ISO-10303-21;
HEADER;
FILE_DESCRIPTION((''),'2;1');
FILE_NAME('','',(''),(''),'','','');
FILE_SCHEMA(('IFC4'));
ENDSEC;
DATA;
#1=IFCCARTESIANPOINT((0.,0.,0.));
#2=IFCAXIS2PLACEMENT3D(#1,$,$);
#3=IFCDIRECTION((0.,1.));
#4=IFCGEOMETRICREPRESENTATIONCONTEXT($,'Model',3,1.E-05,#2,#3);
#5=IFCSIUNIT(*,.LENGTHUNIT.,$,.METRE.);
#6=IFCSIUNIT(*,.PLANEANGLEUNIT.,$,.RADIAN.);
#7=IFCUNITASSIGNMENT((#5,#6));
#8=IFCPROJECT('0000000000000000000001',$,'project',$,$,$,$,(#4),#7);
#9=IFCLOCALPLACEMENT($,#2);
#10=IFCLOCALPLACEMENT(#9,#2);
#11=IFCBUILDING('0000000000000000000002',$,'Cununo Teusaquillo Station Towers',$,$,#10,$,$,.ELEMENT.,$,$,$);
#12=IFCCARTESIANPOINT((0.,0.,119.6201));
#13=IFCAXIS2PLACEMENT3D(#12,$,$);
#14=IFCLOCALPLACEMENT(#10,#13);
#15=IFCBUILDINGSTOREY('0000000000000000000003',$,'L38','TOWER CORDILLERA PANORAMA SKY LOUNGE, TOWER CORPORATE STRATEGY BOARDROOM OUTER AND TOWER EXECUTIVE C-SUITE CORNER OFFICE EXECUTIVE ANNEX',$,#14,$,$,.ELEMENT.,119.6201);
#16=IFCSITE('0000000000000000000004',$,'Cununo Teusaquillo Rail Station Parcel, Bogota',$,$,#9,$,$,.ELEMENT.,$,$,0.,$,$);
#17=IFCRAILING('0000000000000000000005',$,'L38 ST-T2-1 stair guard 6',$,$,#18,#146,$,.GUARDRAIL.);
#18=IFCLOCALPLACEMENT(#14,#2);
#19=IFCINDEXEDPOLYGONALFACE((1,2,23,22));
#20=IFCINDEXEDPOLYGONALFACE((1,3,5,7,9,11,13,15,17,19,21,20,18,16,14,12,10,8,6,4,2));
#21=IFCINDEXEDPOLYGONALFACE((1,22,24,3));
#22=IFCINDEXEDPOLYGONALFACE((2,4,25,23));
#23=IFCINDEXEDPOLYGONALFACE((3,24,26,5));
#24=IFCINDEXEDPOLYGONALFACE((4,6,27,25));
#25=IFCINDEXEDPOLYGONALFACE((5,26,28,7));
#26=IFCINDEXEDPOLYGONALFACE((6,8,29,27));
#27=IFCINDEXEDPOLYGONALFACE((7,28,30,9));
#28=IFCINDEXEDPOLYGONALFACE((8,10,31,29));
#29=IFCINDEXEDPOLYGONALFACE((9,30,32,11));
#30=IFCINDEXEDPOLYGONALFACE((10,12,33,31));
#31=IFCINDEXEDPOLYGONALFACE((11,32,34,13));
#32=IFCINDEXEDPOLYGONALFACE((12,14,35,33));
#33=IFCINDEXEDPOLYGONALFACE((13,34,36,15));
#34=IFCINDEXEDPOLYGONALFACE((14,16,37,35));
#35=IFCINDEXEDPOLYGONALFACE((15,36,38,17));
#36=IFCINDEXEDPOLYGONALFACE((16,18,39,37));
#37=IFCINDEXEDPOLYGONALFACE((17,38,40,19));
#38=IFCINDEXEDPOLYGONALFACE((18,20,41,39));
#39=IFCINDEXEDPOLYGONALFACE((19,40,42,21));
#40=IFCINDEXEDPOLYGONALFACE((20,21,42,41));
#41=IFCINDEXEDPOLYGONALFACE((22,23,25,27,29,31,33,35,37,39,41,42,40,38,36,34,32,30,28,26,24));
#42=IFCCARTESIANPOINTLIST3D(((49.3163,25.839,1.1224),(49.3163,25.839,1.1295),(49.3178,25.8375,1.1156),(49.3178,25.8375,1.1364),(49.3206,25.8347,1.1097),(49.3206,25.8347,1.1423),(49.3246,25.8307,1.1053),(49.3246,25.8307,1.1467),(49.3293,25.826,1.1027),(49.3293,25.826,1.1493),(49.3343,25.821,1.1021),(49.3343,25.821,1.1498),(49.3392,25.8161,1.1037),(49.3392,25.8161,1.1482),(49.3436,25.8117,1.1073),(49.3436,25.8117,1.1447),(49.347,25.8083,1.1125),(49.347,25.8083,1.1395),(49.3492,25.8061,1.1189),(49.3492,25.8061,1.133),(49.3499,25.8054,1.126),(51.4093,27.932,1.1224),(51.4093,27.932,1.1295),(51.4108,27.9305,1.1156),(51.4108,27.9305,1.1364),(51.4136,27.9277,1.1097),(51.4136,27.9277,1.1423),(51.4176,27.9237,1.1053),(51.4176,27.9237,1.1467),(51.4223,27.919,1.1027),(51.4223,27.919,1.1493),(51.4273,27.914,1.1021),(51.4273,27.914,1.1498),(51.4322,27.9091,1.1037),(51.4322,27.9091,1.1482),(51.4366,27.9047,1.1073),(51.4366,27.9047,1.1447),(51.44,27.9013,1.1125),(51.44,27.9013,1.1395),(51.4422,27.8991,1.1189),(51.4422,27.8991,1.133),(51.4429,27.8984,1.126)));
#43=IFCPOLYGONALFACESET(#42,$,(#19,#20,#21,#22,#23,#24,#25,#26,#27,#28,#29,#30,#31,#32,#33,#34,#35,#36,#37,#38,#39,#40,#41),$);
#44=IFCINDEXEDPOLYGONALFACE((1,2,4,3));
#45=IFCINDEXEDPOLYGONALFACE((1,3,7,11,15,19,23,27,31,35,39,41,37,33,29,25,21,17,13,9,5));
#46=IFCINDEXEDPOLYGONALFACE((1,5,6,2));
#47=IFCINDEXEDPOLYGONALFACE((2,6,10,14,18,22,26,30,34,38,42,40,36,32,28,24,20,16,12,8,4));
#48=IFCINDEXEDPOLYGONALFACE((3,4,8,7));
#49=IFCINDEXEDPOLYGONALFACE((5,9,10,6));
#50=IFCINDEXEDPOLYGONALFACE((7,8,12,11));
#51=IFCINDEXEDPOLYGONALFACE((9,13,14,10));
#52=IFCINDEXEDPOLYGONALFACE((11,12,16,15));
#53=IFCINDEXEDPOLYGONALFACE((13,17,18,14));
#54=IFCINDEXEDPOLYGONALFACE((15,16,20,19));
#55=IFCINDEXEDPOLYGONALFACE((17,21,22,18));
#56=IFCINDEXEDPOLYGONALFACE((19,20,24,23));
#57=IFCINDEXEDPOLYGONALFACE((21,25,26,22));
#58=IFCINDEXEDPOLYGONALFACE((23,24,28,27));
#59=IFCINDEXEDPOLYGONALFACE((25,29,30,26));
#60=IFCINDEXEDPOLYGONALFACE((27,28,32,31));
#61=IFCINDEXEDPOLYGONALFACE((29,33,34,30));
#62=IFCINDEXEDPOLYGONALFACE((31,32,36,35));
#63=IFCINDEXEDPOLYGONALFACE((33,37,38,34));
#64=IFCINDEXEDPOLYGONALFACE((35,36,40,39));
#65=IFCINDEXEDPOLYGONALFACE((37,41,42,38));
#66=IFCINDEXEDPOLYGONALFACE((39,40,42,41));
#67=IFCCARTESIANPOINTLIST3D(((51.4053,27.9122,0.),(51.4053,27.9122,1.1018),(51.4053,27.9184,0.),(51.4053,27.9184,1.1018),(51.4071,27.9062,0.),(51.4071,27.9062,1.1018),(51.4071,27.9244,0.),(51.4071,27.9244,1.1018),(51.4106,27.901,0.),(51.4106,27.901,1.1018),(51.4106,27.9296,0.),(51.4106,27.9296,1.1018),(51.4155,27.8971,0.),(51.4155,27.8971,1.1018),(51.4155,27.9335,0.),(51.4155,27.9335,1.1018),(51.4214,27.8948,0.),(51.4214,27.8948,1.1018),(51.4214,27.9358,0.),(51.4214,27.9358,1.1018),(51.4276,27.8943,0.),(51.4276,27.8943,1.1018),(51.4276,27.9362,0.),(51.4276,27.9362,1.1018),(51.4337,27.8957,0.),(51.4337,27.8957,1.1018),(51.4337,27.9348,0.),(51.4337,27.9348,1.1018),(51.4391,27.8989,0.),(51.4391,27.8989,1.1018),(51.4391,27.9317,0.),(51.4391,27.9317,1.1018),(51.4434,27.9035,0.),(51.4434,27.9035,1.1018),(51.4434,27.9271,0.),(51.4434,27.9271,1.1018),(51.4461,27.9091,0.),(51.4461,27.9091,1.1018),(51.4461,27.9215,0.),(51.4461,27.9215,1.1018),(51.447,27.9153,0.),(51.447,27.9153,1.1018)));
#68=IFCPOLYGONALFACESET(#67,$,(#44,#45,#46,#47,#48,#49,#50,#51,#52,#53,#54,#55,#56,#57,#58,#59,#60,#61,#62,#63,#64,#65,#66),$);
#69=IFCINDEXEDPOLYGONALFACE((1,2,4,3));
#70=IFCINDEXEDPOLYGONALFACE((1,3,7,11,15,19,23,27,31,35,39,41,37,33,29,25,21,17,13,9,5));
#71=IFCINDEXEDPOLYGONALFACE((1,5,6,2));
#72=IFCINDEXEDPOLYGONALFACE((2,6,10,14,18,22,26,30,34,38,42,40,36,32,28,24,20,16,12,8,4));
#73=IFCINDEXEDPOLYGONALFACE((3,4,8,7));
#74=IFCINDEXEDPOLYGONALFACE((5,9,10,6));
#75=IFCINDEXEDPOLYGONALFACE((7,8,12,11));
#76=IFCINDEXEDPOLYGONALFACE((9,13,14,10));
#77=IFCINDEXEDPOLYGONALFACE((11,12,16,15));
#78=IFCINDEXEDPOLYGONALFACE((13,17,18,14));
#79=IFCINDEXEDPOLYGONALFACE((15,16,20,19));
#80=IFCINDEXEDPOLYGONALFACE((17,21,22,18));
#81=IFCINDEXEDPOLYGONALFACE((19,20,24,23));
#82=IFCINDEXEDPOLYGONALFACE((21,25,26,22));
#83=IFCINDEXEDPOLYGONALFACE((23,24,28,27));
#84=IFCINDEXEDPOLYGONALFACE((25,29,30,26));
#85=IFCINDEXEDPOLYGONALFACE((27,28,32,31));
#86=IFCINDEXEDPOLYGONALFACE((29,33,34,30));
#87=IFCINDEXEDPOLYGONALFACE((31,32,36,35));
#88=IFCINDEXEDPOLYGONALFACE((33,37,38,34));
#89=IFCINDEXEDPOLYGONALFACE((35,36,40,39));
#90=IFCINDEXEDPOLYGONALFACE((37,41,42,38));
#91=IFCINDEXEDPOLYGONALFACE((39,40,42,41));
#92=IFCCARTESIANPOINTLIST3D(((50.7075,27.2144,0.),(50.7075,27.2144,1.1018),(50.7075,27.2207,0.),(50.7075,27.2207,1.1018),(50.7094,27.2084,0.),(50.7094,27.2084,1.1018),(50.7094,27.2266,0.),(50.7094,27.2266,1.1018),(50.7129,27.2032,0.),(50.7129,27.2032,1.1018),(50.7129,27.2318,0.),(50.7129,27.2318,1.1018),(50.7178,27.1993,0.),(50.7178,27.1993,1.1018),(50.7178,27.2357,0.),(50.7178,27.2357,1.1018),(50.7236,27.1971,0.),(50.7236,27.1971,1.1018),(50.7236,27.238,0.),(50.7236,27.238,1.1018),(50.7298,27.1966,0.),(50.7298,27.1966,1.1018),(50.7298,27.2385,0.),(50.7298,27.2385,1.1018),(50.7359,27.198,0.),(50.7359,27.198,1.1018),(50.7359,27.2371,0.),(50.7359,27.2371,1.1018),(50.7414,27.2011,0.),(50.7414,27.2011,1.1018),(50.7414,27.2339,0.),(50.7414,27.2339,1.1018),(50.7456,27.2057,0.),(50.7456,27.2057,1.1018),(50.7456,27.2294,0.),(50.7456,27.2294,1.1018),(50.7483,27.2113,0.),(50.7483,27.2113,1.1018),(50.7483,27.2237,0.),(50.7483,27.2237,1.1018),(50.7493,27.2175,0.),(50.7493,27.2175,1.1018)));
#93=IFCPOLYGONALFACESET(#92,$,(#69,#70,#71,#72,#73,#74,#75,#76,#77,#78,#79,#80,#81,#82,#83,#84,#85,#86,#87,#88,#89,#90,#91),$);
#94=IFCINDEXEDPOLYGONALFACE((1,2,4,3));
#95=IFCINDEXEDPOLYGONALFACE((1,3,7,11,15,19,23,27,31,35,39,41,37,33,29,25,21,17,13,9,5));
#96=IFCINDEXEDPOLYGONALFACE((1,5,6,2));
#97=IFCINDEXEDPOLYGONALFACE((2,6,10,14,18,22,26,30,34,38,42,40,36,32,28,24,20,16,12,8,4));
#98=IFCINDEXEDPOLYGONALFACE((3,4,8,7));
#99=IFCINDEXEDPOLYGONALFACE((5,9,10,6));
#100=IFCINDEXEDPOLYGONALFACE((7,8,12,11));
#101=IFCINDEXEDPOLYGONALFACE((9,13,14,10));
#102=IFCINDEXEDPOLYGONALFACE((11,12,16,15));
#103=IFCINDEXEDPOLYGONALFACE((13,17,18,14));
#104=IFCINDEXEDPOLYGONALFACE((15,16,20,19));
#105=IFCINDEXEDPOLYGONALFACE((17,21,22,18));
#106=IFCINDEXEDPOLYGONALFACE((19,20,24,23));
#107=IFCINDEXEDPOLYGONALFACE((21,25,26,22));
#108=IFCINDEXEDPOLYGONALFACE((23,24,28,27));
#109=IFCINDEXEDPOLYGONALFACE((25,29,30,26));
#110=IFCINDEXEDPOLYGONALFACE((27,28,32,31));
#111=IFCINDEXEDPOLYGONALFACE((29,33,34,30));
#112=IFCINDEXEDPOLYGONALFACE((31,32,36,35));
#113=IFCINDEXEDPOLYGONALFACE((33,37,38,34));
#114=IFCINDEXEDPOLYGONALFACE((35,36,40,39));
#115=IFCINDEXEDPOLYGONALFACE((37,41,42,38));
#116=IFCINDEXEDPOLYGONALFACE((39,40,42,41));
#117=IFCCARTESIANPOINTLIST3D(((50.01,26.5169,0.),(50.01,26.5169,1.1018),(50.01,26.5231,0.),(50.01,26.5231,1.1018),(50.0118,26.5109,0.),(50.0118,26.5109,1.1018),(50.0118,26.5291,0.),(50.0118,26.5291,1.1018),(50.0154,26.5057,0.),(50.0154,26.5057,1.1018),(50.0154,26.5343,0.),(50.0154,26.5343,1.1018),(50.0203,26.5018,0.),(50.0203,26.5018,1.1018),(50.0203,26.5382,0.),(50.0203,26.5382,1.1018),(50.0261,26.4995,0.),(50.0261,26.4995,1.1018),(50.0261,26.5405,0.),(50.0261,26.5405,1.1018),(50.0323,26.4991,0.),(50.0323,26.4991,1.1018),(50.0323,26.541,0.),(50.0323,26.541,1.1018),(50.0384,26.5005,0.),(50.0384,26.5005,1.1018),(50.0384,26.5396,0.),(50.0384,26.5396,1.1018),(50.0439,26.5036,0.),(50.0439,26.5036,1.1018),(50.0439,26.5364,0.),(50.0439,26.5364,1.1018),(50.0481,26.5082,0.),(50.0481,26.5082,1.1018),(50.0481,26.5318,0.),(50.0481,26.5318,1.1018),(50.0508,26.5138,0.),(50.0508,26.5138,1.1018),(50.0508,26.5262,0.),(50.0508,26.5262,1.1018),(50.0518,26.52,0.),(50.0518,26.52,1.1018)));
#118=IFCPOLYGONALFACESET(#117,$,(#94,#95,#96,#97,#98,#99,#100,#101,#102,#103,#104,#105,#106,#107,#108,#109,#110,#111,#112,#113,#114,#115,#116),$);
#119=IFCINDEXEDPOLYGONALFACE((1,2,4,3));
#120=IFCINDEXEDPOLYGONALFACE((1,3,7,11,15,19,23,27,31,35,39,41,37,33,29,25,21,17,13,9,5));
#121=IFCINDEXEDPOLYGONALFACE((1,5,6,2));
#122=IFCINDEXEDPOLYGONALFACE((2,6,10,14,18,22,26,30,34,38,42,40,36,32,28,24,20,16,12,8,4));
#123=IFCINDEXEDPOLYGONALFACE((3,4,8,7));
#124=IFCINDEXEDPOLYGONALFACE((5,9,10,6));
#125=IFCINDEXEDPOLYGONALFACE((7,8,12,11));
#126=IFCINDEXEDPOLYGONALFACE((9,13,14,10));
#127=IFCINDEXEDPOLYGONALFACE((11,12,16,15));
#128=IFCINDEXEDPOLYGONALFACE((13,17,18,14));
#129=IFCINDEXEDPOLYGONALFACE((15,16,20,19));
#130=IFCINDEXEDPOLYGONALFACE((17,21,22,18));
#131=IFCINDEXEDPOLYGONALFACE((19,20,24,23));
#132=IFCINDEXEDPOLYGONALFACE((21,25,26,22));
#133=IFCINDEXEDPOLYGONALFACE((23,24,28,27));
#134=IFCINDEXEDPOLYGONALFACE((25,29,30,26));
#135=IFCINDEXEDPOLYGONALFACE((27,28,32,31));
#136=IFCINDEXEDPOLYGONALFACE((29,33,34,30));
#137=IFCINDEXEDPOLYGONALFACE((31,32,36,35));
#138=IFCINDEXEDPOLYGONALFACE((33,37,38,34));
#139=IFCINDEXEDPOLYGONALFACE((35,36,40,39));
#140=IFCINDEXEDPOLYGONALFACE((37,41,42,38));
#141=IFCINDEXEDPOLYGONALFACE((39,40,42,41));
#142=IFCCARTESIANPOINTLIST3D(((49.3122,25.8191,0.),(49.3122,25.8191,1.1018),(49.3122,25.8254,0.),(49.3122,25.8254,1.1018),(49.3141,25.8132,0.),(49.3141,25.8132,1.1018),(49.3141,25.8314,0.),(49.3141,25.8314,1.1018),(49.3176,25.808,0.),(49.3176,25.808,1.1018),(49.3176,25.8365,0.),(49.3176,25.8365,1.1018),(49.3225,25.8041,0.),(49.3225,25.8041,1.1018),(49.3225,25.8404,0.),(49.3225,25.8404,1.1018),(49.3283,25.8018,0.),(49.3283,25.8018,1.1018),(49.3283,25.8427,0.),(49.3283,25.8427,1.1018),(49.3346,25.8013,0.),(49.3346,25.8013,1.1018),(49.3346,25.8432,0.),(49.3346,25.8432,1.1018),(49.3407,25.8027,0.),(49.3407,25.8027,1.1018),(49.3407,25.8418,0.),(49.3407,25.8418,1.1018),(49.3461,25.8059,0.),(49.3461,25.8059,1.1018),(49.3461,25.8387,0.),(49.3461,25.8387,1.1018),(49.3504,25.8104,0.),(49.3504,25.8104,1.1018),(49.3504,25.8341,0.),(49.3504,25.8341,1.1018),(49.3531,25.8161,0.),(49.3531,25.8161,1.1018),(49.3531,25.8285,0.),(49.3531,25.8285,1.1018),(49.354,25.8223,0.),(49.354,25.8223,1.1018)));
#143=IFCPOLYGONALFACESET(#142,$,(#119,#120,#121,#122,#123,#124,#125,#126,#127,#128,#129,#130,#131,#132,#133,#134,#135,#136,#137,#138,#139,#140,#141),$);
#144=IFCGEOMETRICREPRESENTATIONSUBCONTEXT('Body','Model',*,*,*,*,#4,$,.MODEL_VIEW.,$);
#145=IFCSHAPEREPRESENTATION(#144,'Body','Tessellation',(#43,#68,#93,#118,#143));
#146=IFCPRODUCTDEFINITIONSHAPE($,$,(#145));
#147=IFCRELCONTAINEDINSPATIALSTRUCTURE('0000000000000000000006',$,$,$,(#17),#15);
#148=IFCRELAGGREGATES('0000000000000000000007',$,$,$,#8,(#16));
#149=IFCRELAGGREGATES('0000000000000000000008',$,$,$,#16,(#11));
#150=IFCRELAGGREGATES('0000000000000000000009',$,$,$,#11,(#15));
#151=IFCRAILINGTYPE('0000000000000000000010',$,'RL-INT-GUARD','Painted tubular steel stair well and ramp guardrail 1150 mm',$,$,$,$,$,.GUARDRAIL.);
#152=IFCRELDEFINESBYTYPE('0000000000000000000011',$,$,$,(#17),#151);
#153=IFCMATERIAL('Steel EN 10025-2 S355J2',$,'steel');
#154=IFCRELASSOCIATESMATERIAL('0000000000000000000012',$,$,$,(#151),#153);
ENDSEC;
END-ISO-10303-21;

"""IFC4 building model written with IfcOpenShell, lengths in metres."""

from ifc_helpers import new_model, si_unit, direction, frame, origin, origin_2d, place, context, subcontext, project, spatial, circle, extrude, material, type_object, element, save


model = new_model("IFC4")

# Units and contexts
model_context = context("Model", 3, precision=1e-05, world=origin(), true_north=direction((0.0, 1.0)))
body_context = subcontext(model_context, "Body", "Model", "MODEL_VIEW")
ifc_project = project(units=[si_unit("LENGTHUNIT", "METRE"), si_unit("PLANEANGLEUNIT", "RADIAN")], contexts=[model_context])

# Site, building, storey
site_placement = place(None, origin())
site = spatial("IfcSite", under=ifc_project, at=site_placement, Name="Cununo Teusaquillo Rail Station Parcel, Bogota", CompositionType="ELEMENT", RefElevation=0.0)
building_placement = place(site_placement, origin())
building = spatial("IfcBuilding", under=site, at=building_placement, Name="Cununo Teusaquillo Station Towers", CompositionType="ELEMENT")
storey_placement = place(building_placement, frame((0.0, 0.0, 119.6201)))
storey = spatial("IfcBuildingStorey", under=building, at=storey_placement, Name="L38", Description="TOWER CORDILLERA PANORAMA SKY LOUNGE, TOWER CORPORATE STRATEGY BOARDROOM OUTER AND TOWER EXECUTIVE C-SUITE CORNER OFFICE EXECUTIVE ANNEX", CompositionType="ELEMENT", Elevation=119.6201)

# Railing
ifc_material_1 = material(Name="Steel EN 10025-2 S355J2", Category="steel")
railing_type = type_object("IfcRailingType", Name="RL-INT-GUARD", Description="Painted tubular steel stair well and ramp guardrail 1150 mm", PredefinedType="GUARDRAIL", material=ifc_material_1)
railing_1_placement = place(storey_placement, frame((51.426, 27.9153, 0.0)))
element("IfcRailing", 1, at=railing_1_placement, inside=storey, type_object=railing_type, Name="L38 ST-T2-1 stair guard 6", PredefinedType="GUARDRAIL", context=body_context, shape_type="SweptSolid", body=[
    extrude(circle(Radius=0.0239, at=origin_2d()), frame((0.0, 0.0, 1.126), z_axis=(-0.707107, -0.707107, 0.0), x_axis=(0.707107, -0.707107, 0.0)), (0.0, 0.0, 1.0), 2.96),
    extrude(circle(Radius=0.021, at=origin_2d()), origin(), (0.0, 0.0, 1.0), 1.1018),
    extrude(circle(Radius=0.021, at=origin_2d()), frame((-0.6978, -0.6978, 0.0)), (0.0, 0.0, 1.0), 1.1018),
    extrude(circle(Radius=0.021, at=origin_2d()), frame((-1.3953, -1.3953, 0.0)), (0.0, 0.0, 1.0), 1.1018),
    extrude(circle(Radius=0.021, at=origin_2d()), frame((-2.093, -2.093, 0.0)), (0.0, 0.0, 1.0), 1.1018),
])

save(model, "model.ifc")
